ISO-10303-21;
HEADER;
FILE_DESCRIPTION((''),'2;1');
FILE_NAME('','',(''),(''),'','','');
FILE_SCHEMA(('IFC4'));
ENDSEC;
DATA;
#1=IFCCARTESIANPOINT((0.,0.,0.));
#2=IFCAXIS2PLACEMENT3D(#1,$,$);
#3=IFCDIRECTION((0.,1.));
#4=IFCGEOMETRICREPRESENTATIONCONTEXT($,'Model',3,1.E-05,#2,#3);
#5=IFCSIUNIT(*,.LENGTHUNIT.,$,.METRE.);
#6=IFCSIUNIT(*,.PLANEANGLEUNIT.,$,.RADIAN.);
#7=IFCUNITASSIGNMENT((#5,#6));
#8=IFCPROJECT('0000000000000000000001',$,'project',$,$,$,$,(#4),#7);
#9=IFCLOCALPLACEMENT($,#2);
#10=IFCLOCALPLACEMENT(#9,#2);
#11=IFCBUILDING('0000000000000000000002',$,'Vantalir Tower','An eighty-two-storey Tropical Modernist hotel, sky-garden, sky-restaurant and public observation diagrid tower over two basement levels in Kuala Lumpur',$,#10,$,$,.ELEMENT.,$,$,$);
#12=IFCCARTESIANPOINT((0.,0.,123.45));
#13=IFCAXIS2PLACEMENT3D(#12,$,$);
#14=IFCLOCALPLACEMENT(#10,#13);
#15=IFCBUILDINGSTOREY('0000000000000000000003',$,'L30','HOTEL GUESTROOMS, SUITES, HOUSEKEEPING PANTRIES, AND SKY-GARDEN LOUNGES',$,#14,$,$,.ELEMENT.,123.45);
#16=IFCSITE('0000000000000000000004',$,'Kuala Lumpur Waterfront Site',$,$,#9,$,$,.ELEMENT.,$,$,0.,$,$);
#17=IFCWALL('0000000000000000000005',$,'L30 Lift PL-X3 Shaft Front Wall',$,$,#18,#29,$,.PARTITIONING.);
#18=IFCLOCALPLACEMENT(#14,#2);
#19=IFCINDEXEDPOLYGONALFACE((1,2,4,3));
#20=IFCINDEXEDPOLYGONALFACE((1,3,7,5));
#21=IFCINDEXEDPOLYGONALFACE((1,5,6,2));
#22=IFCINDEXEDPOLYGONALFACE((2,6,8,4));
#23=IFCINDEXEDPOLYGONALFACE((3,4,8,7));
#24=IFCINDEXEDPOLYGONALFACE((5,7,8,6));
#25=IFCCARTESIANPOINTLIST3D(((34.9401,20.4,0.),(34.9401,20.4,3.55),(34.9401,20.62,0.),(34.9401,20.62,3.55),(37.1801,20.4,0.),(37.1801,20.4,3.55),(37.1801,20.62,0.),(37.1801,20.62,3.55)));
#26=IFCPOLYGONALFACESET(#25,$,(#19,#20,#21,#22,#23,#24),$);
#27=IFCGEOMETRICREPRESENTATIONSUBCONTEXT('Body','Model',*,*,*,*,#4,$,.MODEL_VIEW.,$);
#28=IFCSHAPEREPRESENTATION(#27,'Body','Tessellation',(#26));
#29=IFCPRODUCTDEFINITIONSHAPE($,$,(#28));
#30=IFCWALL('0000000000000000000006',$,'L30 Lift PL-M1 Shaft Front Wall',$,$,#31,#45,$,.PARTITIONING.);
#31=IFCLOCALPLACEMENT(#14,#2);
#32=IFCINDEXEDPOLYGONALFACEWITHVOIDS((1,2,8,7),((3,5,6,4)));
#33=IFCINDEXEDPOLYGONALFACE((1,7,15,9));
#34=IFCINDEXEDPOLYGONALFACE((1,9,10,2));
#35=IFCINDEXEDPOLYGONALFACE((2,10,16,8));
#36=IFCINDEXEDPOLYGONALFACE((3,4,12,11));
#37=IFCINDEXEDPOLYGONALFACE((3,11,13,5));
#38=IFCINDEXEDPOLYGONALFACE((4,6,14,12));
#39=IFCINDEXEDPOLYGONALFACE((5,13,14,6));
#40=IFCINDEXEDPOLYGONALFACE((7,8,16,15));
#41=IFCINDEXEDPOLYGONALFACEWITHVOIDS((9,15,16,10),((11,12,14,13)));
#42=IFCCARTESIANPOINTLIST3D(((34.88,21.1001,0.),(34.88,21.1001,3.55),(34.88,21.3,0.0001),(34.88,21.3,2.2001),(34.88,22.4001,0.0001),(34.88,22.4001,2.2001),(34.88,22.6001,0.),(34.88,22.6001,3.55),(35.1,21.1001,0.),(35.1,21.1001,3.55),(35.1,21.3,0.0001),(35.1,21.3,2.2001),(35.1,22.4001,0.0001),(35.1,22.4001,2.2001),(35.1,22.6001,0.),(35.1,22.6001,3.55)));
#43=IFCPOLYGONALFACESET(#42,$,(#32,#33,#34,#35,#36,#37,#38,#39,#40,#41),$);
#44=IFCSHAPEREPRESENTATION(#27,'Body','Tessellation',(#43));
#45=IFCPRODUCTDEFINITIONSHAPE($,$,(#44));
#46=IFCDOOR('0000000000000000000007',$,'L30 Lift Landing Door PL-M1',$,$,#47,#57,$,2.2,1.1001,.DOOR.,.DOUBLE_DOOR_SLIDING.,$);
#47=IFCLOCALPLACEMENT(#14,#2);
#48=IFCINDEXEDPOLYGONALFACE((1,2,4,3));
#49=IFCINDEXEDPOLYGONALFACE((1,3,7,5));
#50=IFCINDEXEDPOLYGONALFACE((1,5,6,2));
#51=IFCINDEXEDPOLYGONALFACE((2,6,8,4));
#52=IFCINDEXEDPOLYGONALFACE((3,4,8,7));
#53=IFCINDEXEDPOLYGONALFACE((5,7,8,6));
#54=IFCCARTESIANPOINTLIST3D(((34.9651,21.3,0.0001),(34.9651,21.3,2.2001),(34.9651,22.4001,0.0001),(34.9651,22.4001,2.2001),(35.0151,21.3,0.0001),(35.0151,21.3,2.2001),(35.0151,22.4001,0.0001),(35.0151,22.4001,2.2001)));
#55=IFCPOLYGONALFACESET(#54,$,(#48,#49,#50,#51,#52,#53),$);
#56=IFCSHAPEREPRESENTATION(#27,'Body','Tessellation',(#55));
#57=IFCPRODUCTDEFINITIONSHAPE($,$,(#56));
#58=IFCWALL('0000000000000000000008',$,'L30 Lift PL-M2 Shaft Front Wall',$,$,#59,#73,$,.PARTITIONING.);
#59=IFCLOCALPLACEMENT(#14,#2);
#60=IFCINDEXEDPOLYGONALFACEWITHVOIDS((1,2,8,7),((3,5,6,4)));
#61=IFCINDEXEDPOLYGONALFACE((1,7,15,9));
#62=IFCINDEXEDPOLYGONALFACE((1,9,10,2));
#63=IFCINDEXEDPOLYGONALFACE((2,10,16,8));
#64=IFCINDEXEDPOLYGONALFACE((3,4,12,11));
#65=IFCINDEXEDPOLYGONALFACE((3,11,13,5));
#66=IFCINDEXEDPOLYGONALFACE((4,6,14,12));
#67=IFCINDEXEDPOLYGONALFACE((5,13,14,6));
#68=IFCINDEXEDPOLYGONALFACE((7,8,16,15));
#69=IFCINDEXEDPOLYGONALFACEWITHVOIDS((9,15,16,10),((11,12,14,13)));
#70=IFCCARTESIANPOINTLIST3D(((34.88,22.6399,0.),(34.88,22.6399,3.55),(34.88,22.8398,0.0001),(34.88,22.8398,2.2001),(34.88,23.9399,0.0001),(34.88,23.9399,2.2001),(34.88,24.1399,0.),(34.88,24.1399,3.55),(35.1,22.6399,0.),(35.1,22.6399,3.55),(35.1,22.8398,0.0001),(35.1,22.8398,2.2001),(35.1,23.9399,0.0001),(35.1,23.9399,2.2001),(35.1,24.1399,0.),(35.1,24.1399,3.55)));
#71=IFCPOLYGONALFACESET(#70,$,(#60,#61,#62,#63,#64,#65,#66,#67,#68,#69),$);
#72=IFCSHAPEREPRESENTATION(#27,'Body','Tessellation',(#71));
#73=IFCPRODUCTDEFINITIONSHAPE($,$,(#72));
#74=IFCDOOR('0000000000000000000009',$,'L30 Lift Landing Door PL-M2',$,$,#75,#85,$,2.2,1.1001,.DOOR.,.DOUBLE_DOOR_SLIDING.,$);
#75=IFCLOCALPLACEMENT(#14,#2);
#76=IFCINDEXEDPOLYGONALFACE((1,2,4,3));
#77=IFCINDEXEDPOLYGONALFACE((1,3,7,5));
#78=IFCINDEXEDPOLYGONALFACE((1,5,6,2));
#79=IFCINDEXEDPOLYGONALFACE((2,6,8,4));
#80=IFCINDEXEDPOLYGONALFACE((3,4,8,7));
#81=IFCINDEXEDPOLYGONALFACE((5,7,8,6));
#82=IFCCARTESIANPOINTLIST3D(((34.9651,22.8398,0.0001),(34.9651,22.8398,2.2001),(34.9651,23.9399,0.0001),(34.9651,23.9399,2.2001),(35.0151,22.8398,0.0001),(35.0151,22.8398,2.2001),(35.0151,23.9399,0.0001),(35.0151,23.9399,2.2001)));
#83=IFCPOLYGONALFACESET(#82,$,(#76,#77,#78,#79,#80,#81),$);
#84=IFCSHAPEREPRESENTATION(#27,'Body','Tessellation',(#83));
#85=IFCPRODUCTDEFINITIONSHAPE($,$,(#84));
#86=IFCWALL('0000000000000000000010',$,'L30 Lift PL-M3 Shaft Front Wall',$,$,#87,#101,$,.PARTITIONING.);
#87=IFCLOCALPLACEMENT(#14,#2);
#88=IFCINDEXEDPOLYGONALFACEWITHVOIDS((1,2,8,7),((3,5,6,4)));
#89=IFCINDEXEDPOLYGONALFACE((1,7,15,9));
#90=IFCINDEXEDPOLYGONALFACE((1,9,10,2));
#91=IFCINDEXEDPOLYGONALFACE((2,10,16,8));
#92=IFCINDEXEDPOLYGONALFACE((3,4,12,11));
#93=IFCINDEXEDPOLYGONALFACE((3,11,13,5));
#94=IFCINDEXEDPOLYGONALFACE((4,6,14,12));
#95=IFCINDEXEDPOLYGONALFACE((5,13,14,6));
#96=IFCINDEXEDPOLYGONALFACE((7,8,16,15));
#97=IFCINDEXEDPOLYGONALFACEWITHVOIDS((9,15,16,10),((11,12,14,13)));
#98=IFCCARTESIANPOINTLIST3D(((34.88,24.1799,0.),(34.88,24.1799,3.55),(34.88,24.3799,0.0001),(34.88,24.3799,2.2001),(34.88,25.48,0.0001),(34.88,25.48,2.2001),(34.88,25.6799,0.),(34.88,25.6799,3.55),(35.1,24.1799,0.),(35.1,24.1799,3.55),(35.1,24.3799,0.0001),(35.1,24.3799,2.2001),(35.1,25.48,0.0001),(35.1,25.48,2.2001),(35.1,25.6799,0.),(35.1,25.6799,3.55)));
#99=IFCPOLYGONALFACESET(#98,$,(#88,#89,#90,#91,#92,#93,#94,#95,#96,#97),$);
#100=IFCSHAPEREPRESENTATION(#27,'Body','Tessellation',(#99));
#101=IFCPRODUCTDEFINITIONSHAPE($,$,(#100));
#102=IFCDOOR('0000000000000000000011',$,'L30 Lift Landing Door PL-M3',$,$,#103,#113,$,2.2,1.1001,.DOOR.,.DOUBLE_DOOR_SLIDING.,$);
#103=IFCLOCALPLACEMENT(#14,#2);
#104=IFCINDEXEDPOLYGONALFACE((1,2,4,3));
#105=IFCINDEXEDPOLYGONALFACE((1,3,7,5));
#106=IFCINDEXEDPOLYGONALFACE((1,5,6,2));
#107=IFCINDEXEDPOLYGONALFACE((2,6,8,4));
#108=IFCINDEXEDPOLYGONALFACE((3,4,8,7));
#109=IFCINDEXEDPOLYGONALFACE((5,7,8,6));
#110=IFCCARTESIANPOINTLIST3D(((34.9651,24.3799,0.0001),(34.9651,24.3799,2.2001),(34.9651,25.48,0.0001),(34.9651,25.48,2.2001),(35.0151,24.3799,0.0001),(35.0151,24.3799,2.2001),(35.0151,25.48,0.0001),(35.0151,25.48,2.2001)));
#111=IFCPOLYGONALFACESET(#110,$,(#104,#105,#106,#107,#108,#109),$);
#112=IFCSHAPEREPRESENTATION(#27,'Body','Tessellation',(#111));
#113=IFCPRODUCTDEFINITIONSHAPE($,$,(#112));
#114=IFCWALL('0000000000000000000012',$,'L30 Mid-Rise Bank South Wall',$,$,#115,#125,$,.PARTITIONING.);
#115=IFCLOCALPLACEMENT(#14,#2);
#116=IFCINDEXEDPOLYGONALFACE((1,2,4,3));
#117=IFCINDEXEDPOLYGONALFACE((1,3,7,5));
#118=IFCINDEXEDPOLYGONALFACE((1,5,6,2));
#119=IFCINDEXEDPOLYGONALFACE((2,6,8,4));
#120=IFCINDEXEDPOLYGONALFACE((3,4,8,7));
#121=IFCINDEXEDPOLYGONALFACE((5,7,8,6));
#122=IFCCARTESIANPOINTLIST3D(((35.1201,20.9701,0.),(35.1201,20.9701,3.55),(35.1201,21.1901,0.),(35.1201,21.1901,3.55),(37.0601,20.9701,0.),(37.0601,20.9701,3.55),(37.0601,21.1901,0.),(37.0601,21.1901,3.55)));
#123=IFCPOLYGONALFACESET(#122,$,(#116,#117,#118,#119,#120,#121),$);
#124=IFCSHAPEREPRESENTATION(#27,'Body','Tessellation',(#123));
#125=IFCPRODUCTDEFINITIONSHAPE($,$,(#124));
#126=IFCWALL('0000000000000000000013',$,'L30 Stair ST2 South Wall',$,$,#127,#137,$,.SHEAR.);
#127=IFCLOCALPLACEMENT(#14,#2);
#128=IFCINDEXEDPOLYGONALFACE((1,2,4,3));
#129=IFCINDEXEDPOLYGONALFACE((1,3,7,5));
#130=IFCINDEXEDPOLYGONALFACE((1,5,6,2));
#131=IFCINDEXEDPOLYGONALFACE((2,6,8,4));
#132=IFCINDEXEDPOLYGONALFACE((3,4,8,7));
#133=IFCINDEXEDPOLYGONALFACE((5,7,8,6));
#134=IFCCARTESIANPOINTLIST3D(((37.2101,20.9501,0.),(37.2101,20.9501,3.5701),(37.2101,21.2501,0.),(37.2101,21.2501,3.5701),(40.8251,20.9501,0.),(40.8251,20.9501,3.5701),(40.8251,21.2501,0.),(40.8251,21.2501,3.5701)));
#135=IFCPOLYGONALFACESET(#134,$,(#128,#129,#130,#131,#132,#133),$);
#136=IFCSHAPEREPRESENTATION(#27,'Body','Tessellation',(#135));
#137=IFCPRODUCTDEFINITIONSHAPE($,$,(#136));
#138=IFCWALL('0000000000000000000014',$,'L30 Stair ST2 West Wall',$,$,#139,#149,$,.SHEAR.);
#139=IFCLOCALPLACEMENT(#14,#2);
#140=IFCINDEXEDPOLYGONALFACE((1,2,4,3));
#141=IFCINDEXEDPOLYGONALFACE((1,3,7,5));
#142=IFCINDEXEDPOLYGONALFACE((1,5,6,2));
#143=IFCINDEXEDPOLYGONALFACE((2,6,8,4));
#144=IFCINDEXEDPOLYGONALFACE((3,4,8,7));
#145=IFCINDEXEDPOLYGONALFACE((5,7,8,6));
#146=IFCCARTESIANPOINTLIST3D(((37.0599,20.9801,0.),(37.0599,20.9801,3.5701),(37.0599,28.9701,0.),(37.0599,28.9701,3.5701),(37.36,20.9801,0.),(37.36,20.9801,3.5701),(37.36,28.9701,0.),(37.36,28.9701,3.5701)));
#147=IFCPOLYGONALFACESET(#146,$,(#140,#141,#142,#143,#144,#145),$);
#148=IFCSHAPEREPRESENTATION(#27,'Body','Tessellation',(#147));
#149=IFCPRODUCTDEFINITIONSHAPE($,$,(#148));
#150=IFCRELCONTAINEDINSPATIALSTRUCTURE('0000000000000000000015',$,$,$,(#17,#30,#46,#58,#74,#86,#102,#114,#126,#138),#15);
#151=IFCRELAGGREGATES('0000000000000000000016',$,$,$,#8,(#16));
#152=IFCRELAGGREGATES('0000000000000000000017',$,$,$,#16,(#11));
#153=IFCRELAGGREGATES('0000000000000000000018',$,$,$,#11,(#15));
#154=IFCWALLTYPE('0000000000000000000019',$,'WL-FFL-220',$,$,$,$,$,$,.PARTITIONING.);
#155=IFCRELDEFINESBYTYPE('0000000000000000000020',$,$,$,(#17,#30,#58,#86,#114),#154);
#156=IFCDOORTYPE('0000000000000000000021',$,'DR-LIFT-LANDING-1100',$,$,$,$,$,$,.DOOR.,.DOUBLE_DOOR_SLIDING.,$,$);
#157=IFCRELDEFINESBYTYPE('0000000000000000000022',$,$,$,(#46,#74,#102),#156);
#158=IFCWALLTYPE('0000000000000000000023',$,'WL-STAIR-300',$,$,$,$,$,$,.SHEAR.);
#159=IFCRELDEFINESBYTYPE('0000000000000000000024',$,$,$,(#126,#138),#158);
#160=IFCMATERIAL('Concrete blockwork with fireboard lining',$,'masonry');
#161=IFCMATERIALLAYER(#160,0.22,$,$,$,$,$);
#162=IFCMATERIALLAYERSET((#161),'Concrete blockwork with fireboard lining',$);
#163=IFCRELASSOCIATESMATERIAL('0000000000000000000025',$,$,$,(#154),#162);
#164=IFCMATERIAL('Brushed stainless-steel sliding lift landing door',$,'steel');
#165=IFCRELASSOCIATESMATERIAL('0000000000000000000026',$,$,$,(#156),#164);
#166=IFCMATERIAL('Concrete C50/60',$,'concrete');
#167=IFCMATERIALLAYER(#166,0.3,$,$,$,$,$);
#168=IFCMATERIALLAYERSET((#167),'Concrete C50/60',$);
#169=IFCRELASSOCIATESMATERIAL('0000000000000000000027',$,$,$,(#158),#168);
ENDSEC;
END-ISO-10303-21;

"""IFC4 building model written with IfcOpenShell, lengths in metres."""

from ifc_helpers import new_model, si_unit, direction, frame, frame_2d, origin, place, context, subcontext, project, spatial, rectangle, extrude, material, layer, layer_set, type_object, element, fill, save


model = new_model("IFC4")

# Units and contexts
model_context = context("Model", 3, precision=1e-05, world=origin(), true_north=direction((0.0, 1.0)))
body_context = subcontext(model_context, "Body", "Model", "MODEL_VIEW")
ifc_project = project(units=[si_unit("LENGTHUNIT", "METRE"), si_unit("PLANEANGLEUNIT", "RADIAN")], contexts=[model_context])

# Site, building, storey
site_placement = place(None, origin())
site = spatial("IfcSite", under=ifc_project, at=site_placement, Name="Kuala Lumpur Waterfront Site", CompositionType="ELEMENT", RefElevation=0.0)
building_placement = place(site_placement, origin())
building = spatial("IfcBuilding", under=site, at=building_placement, Name="Vantalir Tower", Description="An eighty-two-storey Tropical Modernist hotel, sky-garden, sky-restaurant and public observation diagrid tower over two basement levels in Kuala Lumpur", CompositionType="ELEMENT")
storey_placement = place(building_placement, frame((0.0, 0.0, 123.45)))
storey = spatial("IfcBuildingStorey", under=building, at=storey_placement, Name="L30", Description="HOTEL GUESTROOMS, SUITES, HOUSEKEEPING PANTRIES, AND SKY-GARDEN LOUNGES", CompositionType="ELEMENT", Elevation=123.45)

# Wall
ifc_material_1 = material(Name="Concrete blockwork with fireboard lining", Category="masonry")
ifc_layer_1 = layer(ifc_material_1, 0.22)
ifc_layer_set_1 = layer_set([ifc_layer_1], Name="Concrete blockwork with fireboard lining")
wall_type_1 = type_object("IfcWallType", Name="WL-FFL-220", PredefinedType="PARTITIONING", material=ifc_layer_set_1)
for number, where, z_axis, x_axis, name in (
    (1, (34.9399, 20.51, 0.0), (0.0, 0.0, 1.0), (1.0, 0.0, 0.0), "L30 Lift PL-X3 Shaft Front Wall"),
):
    element("IfcWall", number, at=place(storey_placement, frame(where, z_axis=z_axis, x_axis=x_axis)), inside=storey, type_object=wall_type_1, Name=name, PredefinedType="PARTITIONING", context=body_context, shape_type="SweptSolid", body=[
        extrude(rectangle(XDim=2.24, YDim=0.22, at=frame_2d((1.1201, 0.0))), origin(), (0.0, 0.0, 1.0), 3.55),
    ])

# Walls, openings, doors
wall_1_placement = place(storey_placement, frame((34.99, 21.1001, 0.0), z_axis=(0.0, 0.0, 1.0), x_axis=(0.0, 1.0, 0.0)))
wall_1 = element("IfcWall", 2, at=wall_1_placement, inside=storey, type_object=wall_type_1, Name="L30 Lift PL-M1 Shaft Front Wall", PredefinedType="PARTITIONING", context=body_context, shape_type="SweptSolid", body=[
    extrude(rectangle(XDim=1.5, YDim=0.22, at=frame_2d((0.75, 0.0))), origin(), (0.0, 0.0, 1.0), 3.55),
])
opening_1_placement = place(wall_1_placement, frame((0.2, 0.0, 0.0)))
opening_1 = element("IfcOpeningElement", 3, at=opening_1_placement, cuts=wall_1, PredefinedType="OPENING", context=body_context, shape_type="SweptSolid", body=[
    extrude(rectangle(XDim=1.1001, YDim=2.2, at=frame_2d((0.55, 1.1001))), frame((0.0, 0.1199, 0.0), z_axis=(0.0, -1.0, 0.0), x_axis=(1.0, 0.0, 0.0)), (0.0, 0.0, 1.0), 0.24),
])
ifc_material_2 = material(Name="Brushed stainless-steel sliding lift landing door", Category="steel")
door_type_1 = type_object("IfcDoorType", Name="DR-LIFT-LANDING-1100", OperationType="DOUBLE_DOOR_SLIDING", PredefinedType="DOOR", material=ifc_material_2)
door_1_placement = place(opening_1_placement, origin())
door_1 = element("IfcDoor", 4, at=door_1_placement, inside=storey, type_object=door_type_1, Name="L30 Lift Landing Door PL-M1", OperationType="DOUBLE_DOOR_SLIDING", OverallHeight=2.2, OverallWidth=1.1001, PredefinedType="DOOR", context=body_context, shape_type="SweptSolid", body=[
    extrude(rectangle(XDim=1.1001, YDim=2.2, at=frame_2d((0.55, 1.1001))), frame((0.0, 0.0249, 0.0), z_axis=(0.0, -1.0, 0.0), x_axis=(1.0, 0.0, 0.0)), (0.0, 0.0, 1.0), 0.05),
])
fill(opening_1, door_1)
wall_2_placement = place(storey_placement, frame((34.99, 22.6399, 0.0), z_axis=(0.0, 0.0, 1.0), x_axis=(0.0, 1.0, 0.0)))
wall_2 = element("IfcWall", 5, at=wall_2_placement, inside=storey, type_object=wall_type_1, Name="L30 Lift PL-M2 Shaft Front Wall", PredefinedType="PARTITIONING", context=body_context, shape_type="SweptSolid", body=[
    extrude(rectangle(XDim=1.5, YDim=0.22, at=frame_2d((0.75, 0.0))), origin(), (0.0, 0.0, 1.0), 3.55),
])
opening_2_placement = place(wall_2_placement, frame((0.2, 0.0, 0.0)))
opening_2 = element("IfcOpeningElement", 6, at=opening_2_placement, cuts=wall_2, PredefinedType="OPENING", context=body_context, shape_type="SweptSolid", body=[
    extrude(rectangle(XDim=1.1001, YDim=2.2, at=frame_2d((0.55, 1.1001))), frame((0.0, 0.1199, 0.0), z_axis=(0.0, -1.0, 0.0), x_axis=(1.0, 0.0, 0.0)), (0.0, 0.0, 1.0), 0.24),
])
door_2_placement = place(opening_2_placement, origin())
door_2 = element("IfcDoor", 7, at=door_2_placement, inside=storey, type_object=door_type_1, Name="L30 Lift Landing Door PL-M2", OperationType="DOUBLE_DOOR_SLIDING", OverallHeight=2.2, OverallWidth=1.1001, PredefinedType="DOOR", context=body_context, shape_type="SweptSolid", body=[
    extrude(rectangle(XDim=1.1001, YDim=2.2, at=frame_2d((0.55, 1.1001))), frame((0.0, 0.0249, 0.0), z_axis=(0.0, -1.0, 0.0), x_axis=(1.0, 0.0, 0.0)), (0.0, 0.0, 1.0), 0.05),
])
fill(opening_2, door_2)
wall_3_placement = place(storey_placement, frame((34.99, 24.1799, 0.0), z_axis=(0.0, 0.0, 1.0), x_axis=(0.0, 1.0, 0.0)))
wall_3 = element("IfcWall", 8, at=wall_3_placement, inside=storey, type_object=wall_type_1, Name="L30 Lift PL-M3 Shaft Front Wall", PredefinedType="PARTITIONING", context=body_context, shape_type="SweptSolid", body=[
    extrude(rectangle(XDim=1.5, YDim=0.22, at=frame_2d((0.75, 0.0))), origin(), (0.0, 0.0, 1.0), 3.55),
])
opening_3_placement = place(wall_3_placement, frame((0.2, 0.0, 0.0)))
opening_3 = element("IfcOpeningElement", 9, at=opening_3_placement, cuts=wall_3, PredefinedType="OPENING", context=body_context, shape_type="SweptSolid", body=[
    extrude(rectangle(XDim=1.1001, YDim=2.2, at=frame_2d((0.55, 1.1001))), frame((0.0, 0.1199, 0.0), z_axis=(0.0, -1.0, 0.0), x_axis=(1.0, 0.0, 0.0)), (0.0, 0.0, 1.0), 0.24),
])
door_3_placement = place(opening_3_placement, origin())
door_3 = element("IfcDoor", 10, at=door_3_placement, inside=storey, type_object=door_type_1, Name="L30 Lift Landing Door PL-M3", OperationType="DOUBLE_DOOR_SLIDING", OverallHeight=2.2, OverallWidth=1.1001, PredefinedType="DOOR", context=body_context, shape_type="SweptSolid", body=[
    extrude(rectangle(XDim=1.1001, YDim=2.2, at=frame_2d((0.55, 1.1001))), frame((0.0, 0.0249, 0.0), z_axis=(0.0, -1.0, 0.0), x_axis=(1.0, 0.0, 0.0)), (0.0, 0.0, 1.0), 0.05),
])
fill(opening_3, door_3)

# Walls
wall_4_placement = place(storey_placement, frame((35.1201, 21.0801, 0.0), z_axis=(0.0, 0.0, 1.0), x_axis=(1.0, 0.0, 0.0)))
element("IfcWall", 11, at=wall_4_placement, inside=storey, type_object=wall_type_1, Name="L30 Mid-Rise Bank South Wall", PredefinedType="PARTITIONING", context=body_context, shape_type="SweptSolid", body=[
    extrude(rectangle(XDim=1.9399, YDim=0.22, at=frame_2d((0.97, 0.0))), origin(), (0.0, 0.0, 1.0), 3.55),
])
ifc_material_3 = material(Name="Concrete C50/60", Category="concrete")
ifc_layer_2 = layer(ifc_material_3, 0.3)
ifc_layer_set_2 = layer_set([ifc_layer_2], Name="Concrete C50/60")
wall_type_2 = type_object("IfcWallType", Name="WL-STAIR-300", PredefinedType="SHEAR", material=ifc_layer_set_2)
wall_5_placement = place(storey_placement, frame((37.21, 21.1001, 0.0), z_axis=(0.0, 0.0, 1.0), x_axis=(1.0, 0.0, 0.0)))
element("IfcWall", 12, at=wall_5_placement, inside=storey, type_object=wall_type_2, Name="L30 Stair ST2 South Wall", PredefinedType="SHEAR", context=body_context, shape_type="SweptSolid", body=[
    extrude(rectangle(XDim=3.615, YDim=0.3, at=frame_2d((1.8076, 0.0))), origin(), (0.0, 0.0, 1.0), 3.5701),
])
wall_6_placement = place(storey_placement, frame((37.21, 20.98, 0.0), z_axis=(0.0, 0.0, 1.0), x_axis=(0.0, 1.0, 0.0)))
element("IfcWall", 13, at=wall_6_placement, inside=storey, type_object=wall_type_2, Name="L30 Stair ST2 West Wall", PredefinedType="SHEAR", context=body_context, shape_type="SweptSolid", body=[
    extrude(rectangle(XDim=7.99, YDim=0.3, at=frame_2d((3.9951, 0.0))), origin(), (0.0, 0.0, 1.0), 3.5701),
])

save(model, "model.ifc")
